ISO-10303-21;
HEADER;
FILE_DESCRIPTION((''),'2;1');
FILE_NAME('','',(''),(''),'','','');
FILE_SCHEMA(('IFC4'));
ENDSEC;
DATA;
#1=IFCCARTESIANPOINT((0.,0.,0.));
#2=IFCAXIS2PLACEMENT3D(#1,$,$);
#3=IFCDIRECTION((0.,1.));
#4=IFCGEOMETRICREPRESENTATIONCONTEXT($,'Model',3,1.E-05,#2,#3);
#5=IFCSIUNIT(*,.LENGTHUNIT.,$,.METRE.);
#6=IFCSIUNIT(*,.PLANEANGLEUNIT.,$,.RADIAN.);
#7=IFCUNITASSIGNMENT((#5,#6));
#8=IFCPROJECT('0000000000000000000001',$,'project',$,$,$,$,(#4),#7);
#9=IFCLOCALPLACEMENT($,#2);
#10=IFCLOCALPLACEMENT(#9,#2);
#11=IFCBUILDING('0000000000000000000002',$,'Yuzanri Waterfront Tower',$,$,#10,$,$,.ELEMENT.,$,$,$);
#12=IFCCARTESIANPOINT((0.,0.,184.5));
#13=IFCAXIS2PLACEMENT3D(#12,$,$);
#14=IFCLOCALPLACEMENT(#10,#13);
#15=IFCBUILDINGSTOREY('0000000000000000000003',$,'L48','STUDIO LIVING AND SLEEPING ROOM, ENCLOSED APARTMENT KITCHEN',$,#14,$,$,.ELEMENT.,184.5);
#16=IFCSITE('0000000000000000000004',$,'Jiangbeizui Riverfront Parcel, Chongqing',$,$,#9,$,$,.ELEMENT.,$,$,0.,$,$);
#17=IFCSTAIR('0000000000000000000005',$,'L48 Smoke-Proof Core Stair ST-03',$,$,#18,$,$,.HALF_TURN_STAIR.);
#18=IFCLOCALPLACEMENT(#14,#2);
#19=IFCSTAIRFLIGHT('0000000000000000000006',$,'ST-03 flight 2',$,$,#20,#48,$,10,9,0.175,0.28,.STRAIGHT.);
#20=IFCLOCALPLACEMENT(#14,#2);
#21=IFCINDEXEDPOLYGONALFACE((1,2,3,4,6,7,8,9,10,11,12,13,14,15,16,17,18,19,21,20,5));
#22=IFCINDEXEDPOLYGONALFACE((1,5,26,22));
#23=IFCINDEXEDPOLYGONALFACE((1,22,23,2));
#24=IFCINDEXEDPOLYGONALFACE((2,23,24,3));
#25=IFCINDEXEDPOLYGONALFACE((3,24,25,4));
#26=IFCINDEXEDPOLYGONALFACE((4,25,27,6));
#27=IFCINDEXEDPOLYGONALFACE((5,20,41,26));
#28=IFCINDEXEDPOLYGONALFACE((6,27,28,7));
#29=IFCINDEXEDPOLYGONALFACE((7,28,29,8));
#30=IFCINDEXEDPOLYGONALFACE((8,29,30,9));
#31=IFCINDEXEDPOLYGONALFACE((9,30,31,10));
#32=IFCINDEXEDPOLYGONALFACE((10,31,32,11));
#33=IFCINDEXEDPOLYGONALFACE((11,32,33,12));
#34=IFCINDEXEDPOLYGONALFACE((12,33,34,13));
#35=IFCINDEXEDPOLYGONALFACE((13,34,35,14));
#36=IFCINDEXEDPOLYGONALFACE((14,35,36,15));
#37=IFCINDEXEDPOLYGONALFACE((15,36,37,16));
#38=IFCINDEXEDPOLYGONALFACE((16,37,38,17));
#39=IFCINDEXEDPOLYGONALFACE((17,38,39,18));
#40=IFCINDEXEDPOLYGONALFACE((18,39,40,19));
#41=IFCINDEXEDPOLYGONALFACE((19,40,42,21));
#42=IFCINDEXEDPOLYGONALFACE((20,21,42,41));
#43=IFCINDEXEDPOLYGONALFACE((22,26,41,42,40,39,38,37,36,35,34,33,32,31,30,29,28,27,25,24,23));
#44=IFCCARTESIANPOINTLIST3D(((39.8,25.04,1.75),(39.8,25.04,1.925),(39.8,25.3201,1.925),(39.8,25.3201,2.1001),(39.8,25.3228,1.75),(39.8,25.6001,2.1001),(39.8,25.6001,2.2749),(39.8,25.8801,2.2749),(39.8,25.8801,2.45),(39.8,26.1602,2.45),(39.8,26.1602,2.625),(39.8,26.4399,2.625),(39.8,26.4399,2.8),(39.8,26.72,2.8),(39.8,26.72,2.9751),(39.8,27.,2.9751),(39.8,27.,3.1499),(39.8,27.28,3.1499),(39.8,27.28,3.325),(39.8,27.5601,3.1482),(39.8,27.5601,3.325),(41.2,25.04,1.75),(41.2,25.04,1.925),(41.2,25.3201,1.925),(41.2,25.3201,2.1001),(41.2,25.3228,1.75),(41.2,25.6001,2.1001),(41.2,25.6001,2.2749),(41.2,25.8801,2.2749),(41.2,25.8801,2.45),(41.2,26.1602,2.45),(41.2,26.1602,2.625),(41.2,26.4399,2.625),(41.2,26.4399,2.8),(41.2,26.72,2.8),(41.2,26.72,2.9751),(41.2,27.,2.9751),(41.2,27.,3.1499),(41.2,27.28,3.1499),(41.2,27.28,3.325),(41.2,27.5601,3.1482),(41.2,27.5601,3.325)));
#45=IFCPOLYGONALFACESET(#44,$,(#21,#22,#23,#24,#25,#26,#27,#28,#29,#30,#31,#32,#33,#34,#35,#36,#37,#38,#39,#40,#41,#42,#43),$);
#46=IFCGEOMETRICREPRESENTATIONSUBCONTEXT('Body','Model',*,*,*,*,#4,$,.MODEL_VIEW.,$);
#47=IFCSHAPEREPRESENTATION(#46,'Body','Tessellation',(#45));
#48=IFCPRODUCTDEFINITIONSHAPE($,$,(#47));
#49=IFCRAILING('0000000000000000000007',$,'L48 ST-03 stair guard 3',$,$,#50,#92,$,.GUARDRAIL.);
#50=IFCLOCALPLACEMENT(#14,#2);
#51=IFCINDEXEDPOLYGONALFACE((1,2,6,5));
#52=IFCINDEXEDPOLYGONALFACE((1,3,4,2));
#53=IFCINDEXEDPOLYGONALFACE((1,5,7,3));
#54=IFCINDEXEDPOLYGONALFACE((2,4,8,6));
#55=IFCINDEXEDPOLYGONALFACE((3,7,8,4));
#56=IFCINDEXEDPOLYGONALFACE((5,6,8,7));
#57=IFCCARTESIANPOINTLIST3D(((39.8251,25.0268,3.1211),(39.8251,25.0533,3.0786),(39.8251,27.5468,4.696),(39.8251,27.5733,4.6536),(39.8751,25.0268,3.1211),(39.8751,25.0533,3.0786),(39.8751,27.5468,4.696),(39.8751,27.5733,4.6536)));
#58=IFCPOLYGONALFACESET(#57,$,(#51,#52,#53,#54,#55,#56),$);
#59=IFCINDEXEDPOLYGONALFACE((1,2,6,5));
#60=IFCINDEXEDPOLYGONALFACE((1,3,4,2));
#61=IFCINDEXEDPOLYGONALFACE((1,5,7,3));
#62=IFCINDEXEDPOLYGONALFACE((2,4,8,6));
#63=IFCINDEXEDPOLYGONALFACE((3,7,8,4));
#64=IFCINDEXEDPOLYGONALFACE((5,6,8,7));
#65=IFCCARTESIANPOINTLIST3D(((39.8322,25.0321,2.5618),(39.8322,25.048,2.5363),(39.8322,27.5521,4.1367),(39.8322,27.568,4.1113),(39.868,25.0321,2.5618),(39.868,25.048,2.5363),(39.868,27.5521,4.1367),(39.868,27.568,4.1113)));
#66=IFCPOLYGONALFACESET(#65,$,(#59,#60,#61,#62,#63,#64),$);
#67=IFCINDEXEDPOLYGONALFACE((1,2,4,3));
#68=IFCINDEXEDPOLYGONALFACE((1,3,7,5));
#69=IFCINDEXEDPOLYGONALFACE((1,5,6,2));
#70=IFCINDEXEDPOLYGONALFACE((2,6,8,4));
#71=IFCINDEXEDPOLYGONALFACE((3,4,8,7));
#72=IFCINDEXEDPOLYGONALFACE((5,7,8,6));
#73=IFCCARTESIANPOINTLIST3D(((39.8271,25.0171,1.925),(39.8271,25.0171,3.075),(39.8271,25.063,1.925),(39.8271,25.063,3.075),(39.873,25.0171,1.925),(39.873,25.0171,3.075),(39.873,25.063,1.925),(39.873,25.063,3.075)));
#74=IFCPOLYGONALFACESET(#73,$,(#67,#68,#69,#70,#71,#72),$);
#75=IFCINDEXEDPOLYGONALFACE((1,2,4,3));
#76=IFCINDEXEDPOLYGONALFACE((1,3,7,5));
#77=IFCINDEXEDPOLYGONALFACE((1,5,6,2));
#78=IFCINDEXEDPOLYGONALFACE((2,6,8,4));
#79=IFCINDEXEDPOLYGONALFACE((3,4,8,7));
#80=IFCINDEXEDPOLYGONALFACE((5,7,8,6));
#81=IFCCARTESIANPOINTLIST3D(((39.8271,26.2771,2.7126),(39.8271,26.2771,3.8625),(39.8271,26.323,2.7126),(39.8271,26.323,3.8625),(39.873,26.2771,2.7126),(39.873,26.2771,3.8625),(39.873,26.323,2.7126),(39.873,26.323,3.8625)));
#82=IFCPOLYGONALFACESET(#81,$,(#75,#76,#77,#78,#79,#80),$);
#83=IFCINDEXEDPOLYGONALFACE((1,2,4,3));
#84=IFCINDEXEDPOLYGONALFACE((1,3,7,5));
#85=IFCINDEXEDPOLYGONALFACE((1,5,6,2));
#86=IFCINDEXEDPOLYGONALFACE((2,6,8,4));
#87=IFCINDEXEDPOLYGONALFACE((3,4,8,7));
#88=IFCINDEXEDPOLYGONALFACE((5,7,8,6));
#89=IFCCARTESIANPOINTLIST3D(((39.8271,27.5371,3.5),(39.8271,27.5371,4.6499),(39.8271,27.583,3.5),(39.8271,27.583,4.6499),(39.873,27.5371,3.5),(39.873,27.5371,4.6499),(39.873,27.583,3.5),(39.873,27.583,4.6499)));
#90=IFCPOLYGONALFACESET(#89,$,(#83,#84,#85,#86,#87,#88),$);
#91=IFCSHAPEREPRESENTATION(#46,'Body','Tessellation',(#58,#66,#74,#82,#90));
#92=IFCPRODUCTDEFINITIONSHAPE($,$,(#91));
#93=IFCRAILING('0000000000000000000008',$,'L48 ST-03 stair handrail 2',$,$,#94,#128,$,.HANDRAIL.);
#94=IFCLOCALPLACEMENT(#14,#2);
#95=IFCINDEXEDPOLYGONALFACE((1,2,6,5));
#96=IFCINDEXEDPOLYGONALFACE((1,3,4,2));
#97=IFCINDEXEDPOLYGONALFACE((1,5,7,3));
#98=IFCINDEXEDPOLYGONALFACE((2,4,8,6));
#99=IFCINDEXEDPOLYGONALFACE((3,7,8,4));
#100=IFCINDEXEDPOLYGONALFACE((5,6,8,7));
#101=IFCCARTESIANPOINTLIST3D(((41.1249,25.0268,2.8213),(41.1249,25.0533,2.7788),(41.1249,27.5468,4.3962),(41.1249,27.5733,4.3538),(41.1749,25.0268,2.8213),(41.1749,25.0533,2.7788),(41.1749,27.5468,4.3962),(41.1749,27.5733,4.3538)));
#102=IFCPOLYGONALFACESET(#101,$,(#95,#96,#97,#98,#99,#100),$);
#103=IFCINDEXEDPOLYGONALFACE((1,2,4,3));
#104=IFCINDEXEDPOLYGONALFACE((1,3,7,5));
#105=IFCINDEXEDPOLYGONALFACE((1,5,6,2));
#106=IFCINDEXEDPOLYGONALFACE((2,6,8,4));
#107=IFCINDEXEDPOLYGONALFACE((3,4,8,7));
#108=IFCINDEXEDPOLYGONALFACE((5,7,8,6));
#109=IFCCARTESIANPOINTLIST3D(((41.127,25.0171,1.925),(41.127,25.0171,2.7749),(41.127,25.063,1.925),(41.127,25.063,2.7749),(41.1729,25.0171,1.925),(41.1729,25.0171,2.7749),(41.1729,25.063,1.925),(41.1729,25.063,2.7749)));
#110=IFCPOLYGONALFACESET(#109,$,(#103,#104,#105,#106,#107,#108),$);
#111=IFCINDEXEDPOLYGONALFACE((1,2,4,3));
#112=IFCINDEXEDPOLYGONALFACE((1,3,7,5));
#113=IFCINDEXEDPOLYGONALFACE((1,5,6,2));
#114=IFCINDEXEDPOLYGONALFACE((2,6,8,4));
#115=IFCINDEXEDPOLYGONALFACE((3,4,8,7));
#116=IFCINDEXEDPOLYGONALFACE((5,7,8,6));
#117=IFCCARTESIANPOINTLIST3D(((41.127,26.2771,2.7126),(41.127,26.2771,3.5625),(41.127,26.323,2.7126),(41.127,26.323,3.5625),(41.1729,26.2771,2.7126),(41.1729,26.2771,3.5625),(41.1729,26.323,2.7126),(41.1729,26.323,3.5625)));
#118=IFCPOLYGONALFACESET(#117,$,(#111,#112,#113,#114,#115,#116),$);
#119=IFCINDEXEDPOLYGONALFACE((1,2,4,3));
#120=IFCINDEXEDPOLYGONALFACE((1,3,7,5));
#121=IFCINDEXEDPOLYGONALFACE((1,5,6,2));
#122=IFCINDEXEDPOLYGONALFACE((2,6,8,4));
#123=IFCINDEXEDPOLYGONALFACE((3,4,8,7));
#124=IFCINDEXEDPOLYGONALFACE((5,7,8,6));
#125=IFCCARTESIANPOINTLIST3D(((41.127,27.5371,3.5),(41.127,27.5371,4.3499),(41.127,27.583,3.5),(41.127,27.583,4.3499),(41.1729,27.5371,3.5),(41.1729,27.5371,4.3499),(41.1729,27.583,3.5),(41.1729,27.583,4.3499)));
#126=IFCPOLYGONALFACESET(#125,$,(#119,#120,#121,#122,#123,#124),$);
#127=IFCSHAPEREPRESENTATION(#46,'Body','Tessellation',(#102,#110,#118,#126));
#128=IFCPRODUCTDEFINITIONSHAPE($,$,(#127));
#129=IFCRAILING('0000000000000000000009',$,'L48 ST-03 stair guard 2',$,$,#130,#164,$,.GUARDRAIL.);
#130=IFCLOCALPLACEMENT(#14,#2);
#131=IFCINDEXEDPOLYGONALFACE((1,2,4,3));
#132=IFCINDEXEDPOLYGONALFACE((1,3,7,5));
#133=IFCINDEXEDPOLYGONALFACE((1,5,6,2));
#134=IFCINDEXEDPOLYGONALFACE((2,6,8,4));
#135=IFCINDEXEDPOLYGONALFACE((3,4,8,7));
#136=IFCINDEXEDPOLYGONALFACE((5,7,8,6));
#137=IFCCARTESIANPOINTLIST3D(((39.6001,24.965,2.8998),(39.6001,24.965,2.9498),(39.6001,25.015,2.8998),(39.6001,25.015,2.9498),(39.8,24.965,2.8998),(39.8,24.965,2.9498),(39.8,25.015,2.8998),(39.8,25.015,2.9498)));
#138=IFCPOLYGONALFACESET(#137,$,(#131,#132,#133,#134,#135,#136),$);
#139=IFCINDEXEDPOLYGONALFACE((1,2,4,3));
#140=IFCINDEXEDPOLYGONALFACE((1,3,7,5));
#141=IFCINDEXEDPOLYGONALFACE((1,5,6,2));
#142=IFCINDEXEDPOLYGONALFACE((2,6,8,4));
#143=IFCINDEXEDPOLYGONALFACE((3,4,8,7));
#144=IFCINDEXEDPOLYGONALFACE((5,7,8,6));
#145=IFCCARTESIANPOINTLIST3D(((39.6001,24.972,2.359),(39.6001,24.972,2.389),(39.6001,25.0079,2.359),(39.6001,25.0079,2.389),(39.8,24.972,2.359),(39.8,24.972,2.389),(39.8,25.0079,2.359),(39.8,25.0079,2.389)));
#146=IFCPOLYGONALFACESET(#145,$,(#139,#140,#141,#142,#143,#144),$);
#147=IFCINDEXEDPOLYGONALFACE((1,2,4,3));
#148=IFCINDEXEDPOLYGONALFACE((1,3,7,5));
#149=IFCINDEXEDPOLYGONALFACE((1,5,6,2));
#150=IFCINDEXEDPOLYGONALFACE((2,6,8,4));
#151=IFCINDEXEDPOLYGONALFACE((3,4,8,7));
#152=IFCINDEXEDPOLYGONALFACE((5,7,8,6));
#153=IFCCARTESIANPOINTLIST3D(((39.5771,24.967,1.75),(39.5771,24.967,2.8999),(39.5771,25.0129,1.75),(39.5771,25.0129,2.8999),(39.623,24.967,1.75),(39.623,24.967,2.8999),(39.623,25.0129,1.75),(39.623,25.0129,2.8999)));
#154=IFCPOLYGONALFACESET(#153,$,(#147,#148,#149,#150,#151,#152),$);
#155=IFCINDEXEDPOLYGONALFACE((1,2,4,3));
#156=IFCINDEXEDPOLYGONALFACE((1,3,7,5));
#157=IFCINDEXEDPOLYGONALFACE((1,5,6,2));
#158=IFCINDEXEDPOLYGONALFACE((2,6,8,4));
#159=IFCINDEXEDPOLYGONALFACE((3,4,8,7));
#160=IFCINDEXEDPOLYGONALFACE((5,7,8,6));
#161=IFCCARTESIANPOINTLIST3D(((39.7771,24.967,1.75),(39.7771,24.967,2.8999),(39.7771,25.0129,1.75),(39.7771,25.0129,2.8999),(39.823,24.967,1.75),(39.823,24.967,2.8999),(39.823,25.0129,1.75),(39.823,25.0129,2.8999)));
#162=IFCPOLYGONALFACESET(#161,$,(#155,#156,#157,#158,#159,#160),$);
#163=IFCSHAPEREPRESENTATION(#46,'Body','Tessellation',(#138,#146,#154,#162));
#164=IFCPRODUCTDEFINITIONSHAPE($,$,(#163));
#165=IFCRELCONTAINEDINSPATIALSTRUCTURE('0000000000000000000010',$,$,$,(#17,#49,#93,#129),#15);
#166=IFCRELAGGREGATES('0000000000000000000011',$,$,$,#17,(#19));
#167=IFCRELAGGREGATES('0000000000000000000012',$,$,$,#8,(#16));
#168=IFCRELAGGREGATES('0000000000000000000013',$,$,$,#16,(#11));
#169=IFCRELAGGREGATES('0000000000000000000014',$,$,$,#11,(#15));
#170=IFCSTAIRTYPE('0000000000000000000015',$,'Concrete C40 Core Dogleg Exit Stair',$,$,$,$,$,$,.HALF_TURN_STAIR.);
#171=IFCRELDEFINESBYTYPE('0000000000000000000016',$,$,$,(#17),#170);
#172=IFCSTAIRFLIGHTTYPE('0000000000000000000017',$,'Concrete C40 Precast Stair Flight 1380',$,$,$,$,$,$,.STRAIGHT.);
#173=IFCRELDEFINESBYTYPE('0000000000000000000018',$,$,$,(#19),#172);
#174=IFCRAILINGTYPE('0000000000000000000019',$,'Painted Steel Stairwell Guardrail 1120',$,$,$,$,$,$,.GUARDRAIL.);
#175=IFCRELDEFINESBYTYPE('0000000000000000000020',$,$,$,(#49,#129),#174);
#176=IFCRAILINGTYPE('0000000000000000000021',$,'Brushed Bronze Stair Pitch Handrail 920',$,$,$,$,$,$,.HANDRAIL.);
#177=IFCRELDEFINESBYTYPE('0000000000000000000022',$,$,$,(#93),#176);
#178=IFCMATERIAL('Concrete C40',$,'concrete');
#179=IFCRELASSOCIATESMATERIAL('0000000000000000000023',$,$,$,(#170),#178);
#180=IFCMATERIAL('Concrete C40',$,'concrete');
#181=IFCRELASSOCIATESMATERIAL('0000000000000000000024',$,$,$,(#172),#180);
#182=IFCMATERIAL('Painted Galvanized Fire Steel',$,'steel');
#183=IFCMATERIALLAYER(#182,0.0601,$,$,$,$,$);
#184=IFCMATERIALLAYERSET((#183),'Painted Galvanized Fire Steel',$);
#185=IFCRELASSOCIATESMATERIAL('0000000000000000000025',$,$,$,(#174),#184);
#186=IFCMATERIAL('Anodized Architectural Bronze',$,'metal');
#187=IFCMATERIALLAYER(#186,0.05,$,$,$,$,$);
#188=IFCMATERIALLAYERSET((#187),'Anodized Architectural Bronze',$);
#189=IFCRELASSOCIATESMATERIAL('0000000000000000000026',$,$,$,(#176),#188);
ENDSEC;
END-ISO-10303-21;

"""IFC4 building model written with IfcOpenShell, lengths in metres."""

from ifc_helpers import new_model, si_unit, direction, frame, origin, origin_2d, place, context, subcontext, project, spatial, polyline, rectangle, outline, extrude, source, transform, mapped, material, layer, layer_set, type_object, element, aggregate, save


model = new_model("IFC4")

# Units and contexts
model_context = context("Model", 3, precision=1e-05, world=origin(), true_north=direction((0.0, 1.0)))
body_context = subcontext(model_context, "Body", "Model", "MODEL_VIEW")
ifc_project = project(units=[si_unit("LENGTHUNIT", "METRE"), si_unit("PLANEANGLEUNIT", "RADIAN")], contexts=[model_context])

# Site, building, storey
site_placement = place(None, origin())
site = spatial("IfcSite", under=ifc_project, at=site_placement, Name="Jiangbeizui Riverfront Parcel, Chongqing", CompositionType="ELEMENT", RefElevation=0.0)
building_placement = place(site_placement, origin())
building = spatial("IfcBuilding", under=site, at=building_placement, Name="Yuzanri Waterfront Tower", CompositionType="ELEMENT")
storey_placement = place(building_placement, frame((0.0, 0.0, 184.5)))
storey = spatial("IfcBuildingStorey", under=building, at=storey_placement, Name="L48", Description="STUDIO LIVING AND SLEEPING ROOM, ENCLOSED APARTMENT KITCHEN", CompositionType="ELEMENT", Elevation=184.5)

# Stair, stair flight
ifc_material_1 = material(Name="Concrete C40", Category="concrete")
stair_type = type_object("IfcStairType", Name="Concrete C40 Core Dogleg Exit Stair", PredefinedType="HALF_TURN_STAIR", material=ifc_material_1)
stair_placement = place(storey_placement, origin())
stair = element("IfcStair", 1, at=stair_placement, inside=storey, type_object=stair_type, Name="L48 Smoke-Proof Core Stair ST-03", PredefinedType="HALF_TURN_STAIR")
ifc_material_2 = material(Name="Concrete C40", Category="concrete")
stair_flight_type = type_object("IfcStairFlightType", Name="Concrete C40 Precast Stair Flight 1380", PredefinedType="STRAIGHT", material=ifc_material_2)
shared_shape_1 = source(origin(), body_context, "Body", "SweptSolid", [
    extrude(outline(polyline([(0.0, 0.0), (0.0, 0.175), (0.28, 0.175), (0.28, 0.3501), (0.5601, 0.3501), (0.5601, 0.5249), (0.8401, 0.5249), (0.8401, 0.7), (1.1201, 0.7), (1.1201, 0.875), (1.3999, 0.875), (1.3999, 1.05), (1.6799, 1.05), (1.6799, 1.2251), (1.96, 1.2251), (1.96, 1.3999), (2.24, 1.3999), (2.24, 1.575), (2.52, 1.575), (2.52, 1.75), (2.52, 1.3982), (0.2827, 0.0), (0.0, 0.0)])), frame((0.0, 0.7, 0.0), z_axis=(0.0, -1.0, 0.0), x_axis=(1.0, 0.0, 0.0)), (0.0, 0.0, 1.0), 1.3999),
])
stair_flight_placement = place(storey_placement, frame((40.5, 25.04, 1.75), z_axis=(0.0, 0.0, 1.0), x_axis=(0.0, 1.0, 0.0)))
stair_flight = element("IfcStairFlight", 2, at=stair_flight_placement, type_object=stair_flight_type, Name="ST-03 flight 2", NumberOfRisers=10, NumberOfTreads=9, PredefinedType="STRAIGHT", RiserHeight=0.175, TreadLength=0.28, context=body_context, shape_type="MappedRepresentation", body=[
    mapped(shared_shape_1, transform((0.0, 0.0, 0.0), scale=1.0)),
])
aggregate(stair, [stair_flight])

# Railings
ifc_material_3 = material(Name="Painted Galvanized Fire Steel", Category="steel")
ifc_layer_1 = layer(ifc_material_3, 0.0601)
ifc_layer_set_1 = layer_set([ifc_layer_1], Name="Painted Galvanized Fire Steel")
railing_type_1 = type_object("IfcRailingType", Name="Painted Steel Stairwell Guardrail 1120", PredefinedType="GUARDRAIL", material=ifc_layer_set_1)
shared_shape_2 = source(origin(), body_context, "Body", "SweptSolid", [
    extrude(rectangle(XDim=0.05, YDim=0.05, at=origin_2d()), frame((0.0, 0.0, 1.1748), z_axis=(0.0, 0.848008, 0.529984), x_axis=(-1.0, 0.0, 0.0)), (0.0, 0.0, 1.0), 2.9717),
    extrude(rectangle(XDim=0.0359, YDim=0.03, at=origin_2d()), frame((0.0, 0.0, 0.624), z_axis=(0.0, 0.848008, 0.529984), x_axis=(-1.0, 0.0, 0.0)), (0.0, 0.0, 1.0), 2.9717),
    extrude(rectangle(XDim=0.0459, YDim=0.0459, at=origin_2d()), origin(), (0.0, 0.0, 1.0), 1.1499),
    extrude(rectangle(XDim=0.0459, YDim=0.0459, at=origin_2d()), frame((0.0, 1.26, 0.7876)), (0.0, 0.0, 1.0), 1.1499),
    extrude(rectangle(XDim=0.0459, YDim=0.0459, at=origin_2d()), frame((0.0, 2.52, 1.575)), (0.0, 0.0, 1.0), 1.1499),
])
railing_1_placement = place(storey_placement, frame((39.8501, 25.04, 1.925)))
element("IfcRailing", 3, at=railing_1_placement, inside=storey, type_object=railing_type_1, Name="L48 ST-03 stair guard 3", PredefinedType="GUARDRAIL", context=body_context, shape_type="MappedRepresentation", body=[
    mapped(shared_shape_2, transform((0.0, 0.0, 0.0), scale=1.0)),
])
ifc_material_4 = material(Name="Anodized Architectural Bronze", Category="metal")
ifc_layer_2 = layer(ifc_material_4, 0.05)
ifc_layer_set_2 = layer_set([ifc_layer_2], Name="Anodized Architectural Bronze")
railing_type_2 = type_object("IfcRailingType", Name="Brushed Bronze Stair Pitch Handrail 920", PredefinedType="HANDRAIL", material=ifc_layer_set_2)
shared_shape_3 = source(origin(), body_context, "Body", "SweptSolid", [
    extrude(rectangle(XDim=0.05, YDim=0.05, at=origin_2d()), frame((0.0, 0.0, 0.875), z_axis=(0.0, 0.848008, 0.529984), x_axis=(-1.0, 0.0, 0.0)), (0.0, 0.0, 1.0), 2.9717),
    extrude(rectangle(XDim=0.0459, YDim=0.0459, at=origin_2d()), origin(), (0.0, 0.0, 1.0), 0.8499),
    extrude(rectangle(XDim=0.0459, YDim=0.0459, at=origin_2d()), frame((0.0, 1.26, 0.7876)), (0.0, 0.0, 1.0), 0.8499),
    extrude(rectangle(XDim=0.0459, YDim=0.0459, at=origin_2d()), frame((0.0, 2.52, 1.575)), (0.0, 0.0, 1.0), 0.8499),
])
railing_2_placement = place(storey_placement, frame((41.1499, 25.04, 1.925)))
element("IfcRailing", 4, at=railing_2_placement, inside=storey, type_object=railing_type_2, Name="L48 ST-03 stair handrail 2", PredefinedType="HANDRAIL", context=body_context, shape_type="MappedRepresentation", body=[
    mapped(shared_shape_3, transform((0.0, 0.0, 0.0), scale=1.0)),
])
shared_shape_4 = source(origin(), body_context, "Body", "SweptSolid", [
    extrude(rectangle(XDim=0.05, YDim=0.05, at=origin_2d()), frame((0.0, 0.0, 1.1748), z_axis=(1.0, 0.0, 0.0), x_axis=(0.0, 1.0, 0.0)), (0.0, 0.0, 1.0), 0.2),
    extrude(rectangle(XDim=0.0359, YDim=0.03, at=origin_2d()), frame((0.0, 0.0, 0.624), z_axis=(1.0, 0.0, 0.0), x_axis=(0.0, 1.0, 0.0)), (0.0, 0.0, 1.0), 0.2),
    extrude(rectangle(XDim=0.0459, YDim=0.0459, at=origin_2d()), origin(), (0.0, 0.0, 1.0), 1.1499),
    extrude(rectangle(XDim=0.0459, YDim=0.0459, at=origin_2d()), frame((0.2, 0.0, 0.0)), (0.0, 0.0, 1.0), 1.1499),
])
railing_3_placement = place(storey_placement, frame((39.6001, 24.99, 1.75)))
element("IfcRailing", 5, at=railing_3_placement, inside=storey, type_object=railing_type_1, Name="L48 ST-03 stair guard 2", PredefinedType="GUARDRAIL", context=body_context, shape_type="MappedRepresentation", body=[
    mapped(shared_shape_4, transform((0.0, 0.0, 0.0), scale=1.0)),
])

save(model, "model.ifc")
